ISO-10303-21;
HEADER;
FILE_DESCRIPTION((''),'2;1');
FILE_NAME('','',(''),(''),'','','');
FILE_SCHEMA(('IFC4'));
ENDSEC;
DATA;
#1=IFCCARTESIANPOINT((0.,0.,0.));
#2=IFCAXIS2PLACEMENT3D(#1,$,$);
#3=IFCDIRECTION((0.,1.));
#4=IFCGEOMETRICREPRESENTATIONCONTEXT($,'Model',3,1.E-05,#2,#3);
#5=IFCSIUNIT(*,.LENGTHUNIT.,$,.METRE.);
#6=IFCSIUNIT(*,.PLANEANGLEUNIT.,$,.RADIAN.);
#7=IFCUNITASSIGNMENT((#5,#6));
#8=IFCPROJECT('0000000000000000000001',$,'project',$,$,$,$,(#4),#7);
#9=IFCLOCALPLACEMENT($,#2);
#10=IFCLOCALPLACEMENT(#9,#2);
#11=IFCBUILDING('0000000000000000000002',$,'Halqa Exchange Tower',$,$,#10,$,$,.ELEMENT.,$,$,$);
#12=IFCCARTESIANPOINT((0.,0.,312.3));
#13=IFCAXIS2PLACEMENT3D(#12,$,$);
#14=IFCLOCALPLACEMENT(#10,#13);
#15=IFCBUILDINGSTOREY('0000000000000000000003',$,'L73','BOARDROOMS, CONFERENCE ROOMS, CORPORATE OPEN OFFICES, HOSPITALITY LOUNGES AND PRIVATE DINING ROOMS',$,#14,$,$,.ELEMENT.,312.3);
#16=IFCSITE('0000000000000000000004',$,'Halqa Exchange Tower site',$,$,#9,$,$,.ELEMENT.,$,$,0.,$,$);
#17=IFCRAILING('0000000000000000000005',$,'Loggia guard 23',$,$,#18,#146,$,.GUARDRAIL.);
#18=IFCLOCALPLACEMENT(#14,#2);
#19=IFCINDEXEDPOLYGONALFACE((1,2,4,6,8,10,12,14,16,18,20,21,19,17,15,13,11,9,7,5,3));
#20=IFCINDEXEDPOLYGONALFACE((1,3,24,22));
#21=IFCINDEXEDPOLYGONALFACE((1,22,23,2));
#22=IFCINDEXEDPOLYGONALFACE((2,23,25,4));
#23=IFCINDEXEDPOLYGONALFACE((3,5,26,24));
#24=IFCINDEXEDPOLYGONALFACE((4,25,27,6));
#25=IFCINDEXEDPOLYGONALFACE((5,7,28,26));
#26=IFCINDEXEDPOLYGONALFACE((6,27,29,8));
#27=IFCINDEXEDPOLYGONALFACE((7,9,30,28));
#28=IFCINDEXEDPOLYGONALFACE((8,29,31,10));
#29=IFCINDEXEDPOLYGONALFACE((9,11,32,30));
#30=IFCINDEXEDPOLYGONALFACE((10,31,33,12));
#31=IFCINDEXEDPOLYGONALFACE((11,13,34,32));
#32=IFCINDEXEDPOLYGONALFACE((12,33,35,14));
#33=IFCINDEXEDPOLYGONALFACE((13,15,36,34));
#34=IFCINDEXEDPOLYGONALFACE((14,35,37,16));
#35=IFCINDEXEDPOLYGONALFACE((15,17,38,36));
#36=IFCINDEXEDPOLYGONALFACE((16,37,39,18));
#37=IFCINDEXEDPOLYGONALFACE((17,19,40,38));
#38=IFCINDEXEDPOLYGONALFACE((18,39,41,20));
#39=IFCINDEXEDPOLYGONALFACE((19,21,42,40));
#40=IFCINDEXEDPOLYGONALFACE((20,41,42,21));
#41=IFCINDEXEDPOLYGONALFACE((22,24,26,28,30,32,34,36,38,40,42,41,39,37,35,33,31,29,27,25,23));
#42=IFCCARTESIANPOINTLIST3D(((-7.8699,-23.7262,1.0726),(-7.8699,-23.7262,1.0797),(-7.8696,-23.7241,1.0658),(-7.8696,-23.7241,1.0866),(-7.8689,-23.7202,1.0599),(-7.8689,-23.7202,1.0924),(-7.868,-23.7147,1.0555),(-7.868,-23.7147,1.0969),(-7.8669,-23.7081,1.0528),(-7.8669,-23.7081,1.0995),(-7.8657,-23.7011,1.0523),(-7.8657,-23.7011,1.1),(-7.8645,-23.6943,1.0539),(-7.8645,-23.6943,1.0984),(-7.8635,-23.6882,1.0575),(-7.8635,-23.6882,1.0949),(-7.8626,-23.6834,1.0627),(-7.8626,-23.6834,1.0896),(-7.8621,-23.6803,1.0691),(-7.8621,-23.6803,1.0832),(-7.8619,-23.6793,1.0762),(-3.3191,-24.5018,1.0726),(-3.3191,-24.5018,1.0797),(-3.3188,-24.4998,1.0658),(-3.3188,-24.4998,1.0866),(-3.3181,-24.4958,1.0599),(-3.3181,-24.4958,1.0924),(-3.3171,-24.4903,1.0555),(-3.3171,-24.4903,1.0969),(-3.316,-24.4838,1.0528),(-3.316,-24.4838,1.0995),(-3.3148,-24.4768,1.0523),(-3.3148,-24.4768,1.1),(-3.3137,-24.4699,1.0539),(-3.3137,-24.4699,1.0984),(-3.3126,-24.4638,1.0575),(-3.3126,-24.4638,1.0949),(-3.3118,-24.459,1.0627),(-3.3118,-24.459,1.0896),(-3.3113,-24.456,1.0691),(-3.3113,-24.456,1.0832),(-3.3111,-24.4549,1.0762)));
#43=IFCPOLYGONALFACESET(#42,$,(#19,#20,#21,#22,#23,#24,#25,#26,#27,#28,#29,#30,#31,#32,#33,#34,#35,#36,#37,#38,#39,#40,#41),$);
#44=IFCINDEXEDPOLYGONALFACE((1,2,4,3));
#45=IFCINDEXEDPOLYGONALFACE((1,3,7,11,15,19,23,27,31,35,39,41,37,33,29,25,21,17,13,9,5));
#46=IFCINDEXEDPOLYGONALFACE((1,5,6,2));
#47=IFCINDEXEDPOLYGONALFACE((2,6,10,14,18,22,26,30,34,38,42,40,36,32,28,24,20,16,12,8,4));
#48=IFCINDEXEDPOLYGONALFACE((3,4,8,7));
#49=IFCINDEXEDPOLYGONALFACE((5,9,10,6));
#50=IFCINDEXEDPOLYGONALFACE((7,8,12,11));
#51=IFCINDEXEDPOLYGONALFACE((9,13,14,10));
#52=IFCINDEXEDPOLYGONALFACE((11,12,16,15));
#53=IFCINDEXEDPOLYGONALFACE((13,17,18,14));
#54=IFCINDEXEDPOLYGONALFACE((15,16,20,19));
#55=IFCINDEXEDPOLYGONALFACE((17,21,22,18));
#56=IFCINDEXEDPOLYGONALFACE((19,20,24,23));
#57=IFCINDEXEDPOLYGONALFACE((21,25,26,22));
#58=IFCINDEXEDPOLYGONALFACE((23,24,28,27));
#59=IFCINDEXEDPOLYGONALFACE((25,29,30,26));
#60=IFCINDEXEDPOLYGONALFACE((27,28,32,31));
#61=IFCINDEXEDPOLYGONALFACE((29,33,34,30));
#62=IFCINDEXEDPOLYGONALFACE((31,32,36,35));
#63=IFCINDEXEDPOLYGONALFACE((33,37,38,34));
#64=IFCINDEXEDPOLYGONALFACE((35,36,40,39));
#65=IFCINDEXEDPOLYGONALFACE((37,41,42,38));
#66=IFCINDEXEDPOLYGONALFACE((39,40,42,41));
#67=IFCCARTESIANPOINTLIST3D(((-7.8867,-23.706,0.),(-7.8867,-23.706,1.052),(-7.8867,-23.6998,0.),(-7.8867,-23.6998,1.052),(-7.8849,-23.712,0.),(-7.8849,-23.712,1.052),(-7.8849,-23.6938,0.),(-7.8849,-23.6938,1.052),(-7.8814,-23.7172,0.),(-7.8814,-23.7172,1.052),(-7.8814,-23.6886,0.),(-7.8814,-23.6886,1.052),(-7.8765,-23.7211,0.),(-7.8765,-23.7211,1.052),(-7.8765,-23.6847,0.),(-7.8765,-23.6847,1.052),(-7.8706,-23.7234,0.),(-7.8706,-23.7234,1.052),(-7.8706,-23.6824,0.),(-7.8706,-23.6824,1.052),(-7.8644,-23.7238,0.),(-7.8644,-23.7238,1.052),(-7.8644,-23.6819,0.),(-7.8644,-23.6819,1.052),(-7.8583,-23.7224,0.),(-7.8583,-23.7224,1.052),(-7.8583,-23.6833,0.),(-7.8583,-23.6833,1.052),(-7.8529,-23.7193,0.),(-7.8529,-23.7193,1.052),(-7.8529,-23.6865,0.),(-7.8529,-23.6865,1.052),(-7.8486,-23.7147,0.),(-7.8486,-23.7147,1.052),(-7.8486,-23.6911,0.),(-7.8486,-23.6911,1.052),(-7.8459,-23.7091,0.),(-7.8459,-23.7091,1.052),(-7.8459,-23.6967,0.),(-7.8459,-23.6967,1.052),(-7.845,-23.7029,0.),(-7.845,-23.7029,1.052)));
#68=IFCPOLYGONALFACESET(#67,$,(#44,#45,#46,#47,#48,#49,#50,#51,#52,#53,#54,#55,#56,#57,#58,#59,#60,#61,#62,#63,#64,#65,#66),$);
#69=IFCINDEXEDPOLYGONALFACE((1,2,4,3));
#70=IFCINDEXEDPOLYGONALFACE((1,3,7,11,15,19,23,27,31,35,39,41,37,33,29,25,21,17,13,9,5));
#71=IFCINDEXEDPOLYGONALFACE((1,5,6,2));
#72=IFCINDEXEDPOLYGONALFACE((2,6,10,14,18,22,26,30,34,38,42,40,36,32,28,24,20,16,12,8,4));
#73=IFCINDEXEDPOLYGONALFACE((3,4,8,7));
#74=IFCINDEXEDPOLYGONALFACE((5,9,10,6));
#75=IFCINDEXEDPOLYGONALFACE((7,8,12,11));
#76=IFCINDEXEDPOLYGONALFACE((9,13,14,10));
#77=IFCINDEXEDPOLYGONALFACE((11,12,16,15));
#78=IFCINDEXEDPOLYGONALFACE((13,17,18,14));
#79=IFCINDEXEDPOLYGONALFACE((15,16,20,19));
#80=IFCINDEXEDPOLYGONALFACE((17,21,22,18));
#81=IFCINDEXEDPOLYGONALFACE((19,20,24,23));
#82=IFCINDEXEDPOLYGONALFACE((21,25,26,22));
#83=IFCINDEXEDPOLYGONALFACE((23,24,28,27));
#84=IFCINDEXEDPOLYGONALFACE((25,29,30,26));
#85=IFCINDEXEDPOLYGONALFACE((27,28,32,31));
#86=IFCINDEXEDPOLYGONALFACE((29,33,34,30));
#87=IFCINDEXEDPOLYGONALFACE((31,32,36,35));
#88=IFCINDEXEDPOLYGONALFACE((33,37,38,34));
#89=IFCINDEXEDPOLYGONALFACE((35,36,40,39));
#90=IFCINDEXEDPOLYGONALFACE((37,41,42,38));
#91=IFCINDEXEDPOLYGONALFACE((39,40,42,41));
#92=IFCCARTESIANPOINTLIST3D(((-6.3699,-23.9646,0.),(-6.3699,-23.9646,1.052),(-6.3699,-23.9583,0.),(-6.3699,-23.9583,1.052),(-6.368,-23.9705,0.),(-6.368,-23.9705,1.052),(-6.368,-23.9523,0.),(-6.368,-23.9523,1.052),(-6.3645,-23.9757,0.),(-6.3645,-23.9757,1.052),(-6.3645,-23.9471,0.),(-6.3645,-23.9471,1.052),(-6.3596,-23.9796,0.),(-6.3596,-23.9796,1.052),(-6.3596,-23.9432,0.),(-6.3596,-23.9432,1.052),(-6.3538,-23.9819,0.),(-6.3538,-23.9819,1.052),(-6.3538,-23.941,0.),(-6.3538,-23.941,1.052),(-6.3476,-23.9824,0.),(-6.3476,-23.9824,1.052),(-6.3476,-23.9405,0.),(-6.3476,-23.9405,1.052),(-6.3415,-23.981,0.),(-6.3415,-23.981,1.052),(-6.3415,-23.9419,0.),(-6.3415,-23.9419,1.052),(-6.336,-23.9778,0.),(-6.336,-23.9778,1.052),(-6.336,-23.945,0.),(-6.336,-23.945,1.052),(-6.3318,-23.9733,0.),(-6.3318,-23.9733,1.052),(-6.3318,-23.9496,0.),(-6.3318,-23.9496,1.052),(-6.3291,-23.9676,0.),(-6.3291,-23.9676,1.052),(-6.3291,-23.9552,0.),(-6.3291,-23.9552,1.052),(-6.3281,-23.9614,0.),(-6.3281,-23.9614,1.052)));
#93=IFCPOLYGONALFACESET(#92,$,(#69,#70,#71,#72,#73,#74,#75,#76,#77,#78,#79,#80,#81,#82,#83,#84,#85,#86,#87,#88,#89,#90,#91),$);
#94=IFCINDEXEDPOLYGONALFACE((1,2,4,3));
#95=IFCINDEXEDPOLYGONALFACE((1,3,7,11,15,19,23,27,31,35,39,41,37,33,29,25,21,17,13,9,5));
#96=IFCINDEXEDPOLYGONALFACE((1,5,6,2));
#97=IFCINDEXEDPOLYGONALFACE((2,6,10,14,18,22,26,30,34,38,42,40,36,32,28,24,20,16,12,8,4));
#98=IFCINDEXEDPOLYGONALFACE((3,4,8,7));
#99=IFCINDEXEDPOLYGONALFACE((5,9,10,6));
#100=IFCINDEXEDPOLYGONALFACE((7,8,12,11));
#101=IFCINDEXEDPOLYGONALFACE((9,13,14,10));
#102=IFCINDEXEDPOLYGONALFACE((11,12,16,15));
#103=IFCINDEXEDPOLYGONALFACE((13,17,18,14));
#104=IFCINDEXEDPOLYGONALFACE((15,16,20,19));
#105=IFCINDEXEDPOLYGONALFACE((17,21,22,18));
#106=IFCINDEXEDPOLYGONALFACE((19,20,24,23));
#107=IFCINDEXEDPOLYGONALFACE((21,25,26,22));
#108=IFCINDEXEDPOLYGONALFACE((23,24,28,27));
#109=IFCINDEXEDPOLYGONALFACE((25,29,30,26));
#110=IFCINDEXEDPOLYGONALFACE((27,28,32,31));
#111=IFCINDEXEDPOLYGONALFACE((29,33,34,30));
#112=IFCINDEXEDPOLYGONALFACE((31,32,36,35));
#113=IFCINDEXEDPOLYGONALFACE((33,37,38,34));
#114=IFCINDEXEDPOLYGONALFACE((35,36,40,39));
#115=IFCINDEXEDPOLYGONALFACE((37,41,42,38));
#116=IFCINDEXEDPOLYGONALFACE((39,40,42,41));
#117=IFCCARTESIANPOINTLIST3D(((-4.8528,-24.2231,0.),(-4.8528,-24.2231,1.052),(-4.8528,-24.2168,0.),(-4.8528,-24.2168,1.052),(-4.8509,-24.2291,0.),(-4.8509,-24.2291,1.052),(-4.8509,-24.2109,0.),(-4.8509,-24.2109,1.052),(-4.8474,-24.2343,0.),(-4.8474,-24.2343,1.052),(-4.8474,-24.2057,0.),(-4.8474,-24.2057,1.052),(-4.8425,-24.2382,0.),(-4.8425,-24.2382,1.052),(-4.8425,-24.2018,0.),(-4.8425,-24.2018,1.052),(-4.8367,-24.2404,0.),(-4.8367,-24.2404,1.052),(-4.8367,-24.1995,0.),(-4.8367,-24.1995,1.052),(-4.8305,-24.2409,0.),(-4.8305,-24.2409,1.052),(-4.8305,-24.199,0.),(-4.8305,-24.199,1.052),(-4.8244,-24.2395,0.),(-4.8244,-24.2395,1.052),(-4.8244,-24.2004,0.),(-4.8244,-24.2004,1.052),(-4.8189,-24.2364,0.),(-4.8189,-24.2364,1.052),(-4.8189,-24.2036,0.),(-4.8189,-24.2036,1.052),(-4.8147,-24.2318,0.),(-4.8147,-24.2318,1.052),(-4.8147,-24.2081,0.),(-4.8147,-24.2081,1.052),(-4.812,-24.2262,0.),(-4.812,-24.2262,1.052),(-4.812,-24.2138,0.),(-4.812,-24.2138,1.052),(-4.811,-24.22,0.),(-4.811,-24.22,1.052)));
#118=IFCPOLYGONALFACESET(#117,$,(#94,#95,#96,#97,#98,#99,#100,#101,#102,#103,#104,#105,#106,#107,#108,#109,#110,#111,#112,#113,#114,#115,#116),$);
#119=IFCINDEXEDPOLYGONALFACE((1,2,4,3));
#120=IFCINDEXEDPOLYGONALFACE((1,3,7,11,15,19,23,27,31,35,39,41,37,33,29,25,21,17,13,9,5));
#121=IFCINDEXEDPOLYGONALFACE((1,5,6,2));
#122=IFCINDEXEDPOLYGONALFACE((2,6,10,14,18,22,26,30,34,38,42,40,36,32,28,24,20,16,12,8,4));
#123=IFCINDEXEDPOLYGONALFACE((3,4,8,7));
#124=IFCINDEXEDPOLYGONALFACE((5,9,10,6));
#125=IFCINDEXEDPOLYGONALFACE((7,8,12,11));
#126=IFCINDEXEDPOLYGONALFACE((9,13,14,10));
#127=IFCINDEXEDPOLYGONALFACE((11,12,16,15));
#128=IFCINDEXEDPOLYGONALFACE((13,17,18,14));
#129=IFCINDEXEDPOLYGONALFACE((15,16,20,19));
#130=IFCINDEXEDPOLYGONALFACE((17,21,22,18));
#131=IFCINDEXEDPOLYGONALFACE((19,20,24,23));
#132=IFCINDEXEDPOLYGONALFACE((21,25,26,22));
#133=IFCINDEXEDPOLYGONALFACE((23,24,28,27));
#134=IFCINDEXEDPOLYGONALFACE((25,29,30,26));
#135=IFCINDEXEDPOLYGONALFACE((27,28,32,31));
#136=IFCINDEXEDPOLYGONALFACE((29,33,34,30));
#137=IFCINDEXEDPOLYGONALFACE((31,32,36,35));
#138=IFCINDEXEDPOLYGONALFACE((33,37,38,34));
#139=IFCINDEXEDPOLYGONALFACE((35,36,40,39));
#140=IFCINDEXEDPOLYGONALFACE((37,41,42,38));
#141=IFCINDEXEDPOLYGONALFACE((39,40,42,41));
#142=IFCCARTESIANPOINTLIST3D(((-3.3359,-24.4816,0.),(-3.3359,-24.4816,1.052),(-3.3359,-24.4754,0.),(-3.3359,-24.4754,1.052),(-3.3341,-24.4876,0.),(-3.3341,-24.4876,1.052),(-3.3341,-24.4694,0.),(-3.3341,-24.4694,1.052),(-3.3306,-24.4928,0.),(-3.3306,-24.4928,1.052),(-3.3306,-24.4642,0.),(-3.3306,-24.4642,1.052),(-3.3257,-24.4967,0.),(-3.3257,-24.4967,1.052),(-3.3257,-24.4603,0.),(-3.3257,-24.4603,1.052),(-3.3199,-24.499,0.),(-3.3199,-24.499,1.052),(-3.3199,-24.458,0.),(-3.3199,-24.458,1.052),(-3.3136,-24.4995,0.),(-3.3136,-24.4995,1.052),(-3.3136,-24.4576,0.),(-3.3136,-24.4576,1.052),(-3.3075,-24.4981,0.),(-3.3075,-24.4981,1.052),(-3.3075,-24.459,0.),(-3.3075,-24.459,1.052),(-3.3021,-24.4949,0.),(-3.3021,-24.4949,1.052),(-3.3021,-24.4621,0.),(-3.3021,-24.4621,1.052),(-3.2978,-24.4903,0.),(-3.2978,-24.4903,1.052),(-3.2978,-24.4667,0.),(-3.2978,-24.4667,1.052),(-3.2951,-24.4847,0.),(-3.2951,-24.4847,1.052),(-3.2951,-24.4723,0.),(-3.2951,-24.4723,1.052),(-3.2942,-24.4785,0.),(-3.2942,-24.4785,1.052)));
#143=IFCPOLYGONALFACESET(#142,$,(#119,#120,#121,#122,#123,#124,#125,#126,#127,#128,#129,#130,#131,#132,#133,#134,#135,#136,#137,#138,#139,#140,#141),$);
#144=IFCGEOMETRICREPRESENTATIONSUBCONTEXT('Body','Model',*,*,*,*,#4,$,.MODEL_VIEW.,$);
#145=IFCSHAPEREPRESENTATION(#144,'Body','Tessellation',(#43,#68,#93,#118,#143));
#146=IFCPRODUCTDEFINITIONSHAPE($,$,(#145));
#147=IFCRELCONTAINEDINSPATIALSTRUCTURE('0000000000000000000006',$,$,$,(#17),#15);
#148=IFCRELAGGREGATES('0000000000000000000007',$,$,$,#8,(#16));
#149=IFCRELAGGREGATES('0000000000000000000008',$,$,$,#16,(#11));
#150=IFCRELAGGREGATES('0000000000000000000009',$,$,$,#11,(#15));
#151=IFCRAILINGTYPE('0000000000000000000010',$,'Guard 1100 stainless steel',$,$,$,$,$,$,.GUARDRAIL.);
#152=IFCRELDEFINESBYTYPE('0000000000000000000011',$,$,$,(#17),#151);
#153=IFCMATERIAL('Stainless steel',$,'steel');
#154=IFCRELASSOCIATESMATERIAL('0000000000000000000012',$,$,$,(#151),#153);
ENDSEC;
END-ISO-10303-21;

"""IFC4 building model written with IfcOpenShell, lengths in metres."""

from ifc_helpers import new_model, si_unit, direction, frame, origin, origin_2d, place, context, subcontext, project, spatial, circle, extrude, material, type_object, element, save


model = new_model("IFC4")

# Units and contexts
model_context = context("Model", 3, precision=1e-05, world=origin(), true_north=direction((0.0, 1.0)))
body_context = subcontext(model_context, "Body", "Model", "MODEL_VIEW")
ifc_project = project(units=[si_unit("LENGTHUNIT", "METRE"), si_unit("PLANEANGLEUNIT", "RADIAN")], contexts=[model_context])

# Site, building, storey
site_placement = place(None, origin())
site = spatial("IfcSite", under=ifc_project, at=site_placement, Name="Halqa Exchange Tower site", CompositionType="ELEMENT", RefElevation=0.0)
building_placement = place(site_placement, origin())
building = spatial("IfcBuilding", under=site, at=building_placement, Name="Halqa Exchange Tower", CompositionType="ELEMENT")
storey_placement = place(building_placement, frame((0.0, 0.0, 312.3)))
storey = spatial("IfcBuildingStorey", under=building, at=storey_placement, Name="L73", Description="BOARDROOMS, CONFERENCE ROOMS, CORPORATE OPEN OFFICES, HOSPITALITY LOUNGES AND PRIVATE DINING ROOMS", CompositionType="ELEMENT", Elevation=312.3)

# Railing
ifc_material_1 = material(Name="Stainless steel", Category="steel")
railing_type = type_object("IfcRailingType", Name="Guard 1100 stainless steel", PredefinedType="GUARDRAIL", material=ifc_material_1)
railing_1_placement = place(storey_placement, frame((-7.866, -23.7029, 0.0)))
element("IfcRailing", 1, at=railing_1_placement, inside=storey, type_object=railing_type, Name="Loggia guard 23", PredefinedType="GUARDRAIL", context=body_context, shape_type="SweptSolid", body=[
    extrude(circle(Radius=0.0239, at=origin_2d()), frame((0.0, 0.0, 1.0762), z_axis=(0.985784, -0.168017, 0.0), x_axis=(0.168017, 0.985784, 0.0)), (0.0, 0.0, 1.0), 4.6165),
    extrude(circle(Radius=0.021, at=origin_2d()), origin(), (0.0, 0.0, 1.0), 1.052),
    extrude(circle(Radius=0.021, at=origin_2d()), frame((1.5168, -0.2585, 0.0)), (0.0, 0.0, 1.0), 1.052),
    extrude(circle(Radius=0.021, at=origin_2d()), frame((3.0339, -0.5171, 0.0)), (0.0, 0.0, 1.0), 1.052),
    extrude(circle(Radius=0.021, at=origin_2d()), frame((4.5508, -0.7756, 0.0)), (0.0, 0.0, 1.0), 1.052),
])

save(model, "model.ifc")
